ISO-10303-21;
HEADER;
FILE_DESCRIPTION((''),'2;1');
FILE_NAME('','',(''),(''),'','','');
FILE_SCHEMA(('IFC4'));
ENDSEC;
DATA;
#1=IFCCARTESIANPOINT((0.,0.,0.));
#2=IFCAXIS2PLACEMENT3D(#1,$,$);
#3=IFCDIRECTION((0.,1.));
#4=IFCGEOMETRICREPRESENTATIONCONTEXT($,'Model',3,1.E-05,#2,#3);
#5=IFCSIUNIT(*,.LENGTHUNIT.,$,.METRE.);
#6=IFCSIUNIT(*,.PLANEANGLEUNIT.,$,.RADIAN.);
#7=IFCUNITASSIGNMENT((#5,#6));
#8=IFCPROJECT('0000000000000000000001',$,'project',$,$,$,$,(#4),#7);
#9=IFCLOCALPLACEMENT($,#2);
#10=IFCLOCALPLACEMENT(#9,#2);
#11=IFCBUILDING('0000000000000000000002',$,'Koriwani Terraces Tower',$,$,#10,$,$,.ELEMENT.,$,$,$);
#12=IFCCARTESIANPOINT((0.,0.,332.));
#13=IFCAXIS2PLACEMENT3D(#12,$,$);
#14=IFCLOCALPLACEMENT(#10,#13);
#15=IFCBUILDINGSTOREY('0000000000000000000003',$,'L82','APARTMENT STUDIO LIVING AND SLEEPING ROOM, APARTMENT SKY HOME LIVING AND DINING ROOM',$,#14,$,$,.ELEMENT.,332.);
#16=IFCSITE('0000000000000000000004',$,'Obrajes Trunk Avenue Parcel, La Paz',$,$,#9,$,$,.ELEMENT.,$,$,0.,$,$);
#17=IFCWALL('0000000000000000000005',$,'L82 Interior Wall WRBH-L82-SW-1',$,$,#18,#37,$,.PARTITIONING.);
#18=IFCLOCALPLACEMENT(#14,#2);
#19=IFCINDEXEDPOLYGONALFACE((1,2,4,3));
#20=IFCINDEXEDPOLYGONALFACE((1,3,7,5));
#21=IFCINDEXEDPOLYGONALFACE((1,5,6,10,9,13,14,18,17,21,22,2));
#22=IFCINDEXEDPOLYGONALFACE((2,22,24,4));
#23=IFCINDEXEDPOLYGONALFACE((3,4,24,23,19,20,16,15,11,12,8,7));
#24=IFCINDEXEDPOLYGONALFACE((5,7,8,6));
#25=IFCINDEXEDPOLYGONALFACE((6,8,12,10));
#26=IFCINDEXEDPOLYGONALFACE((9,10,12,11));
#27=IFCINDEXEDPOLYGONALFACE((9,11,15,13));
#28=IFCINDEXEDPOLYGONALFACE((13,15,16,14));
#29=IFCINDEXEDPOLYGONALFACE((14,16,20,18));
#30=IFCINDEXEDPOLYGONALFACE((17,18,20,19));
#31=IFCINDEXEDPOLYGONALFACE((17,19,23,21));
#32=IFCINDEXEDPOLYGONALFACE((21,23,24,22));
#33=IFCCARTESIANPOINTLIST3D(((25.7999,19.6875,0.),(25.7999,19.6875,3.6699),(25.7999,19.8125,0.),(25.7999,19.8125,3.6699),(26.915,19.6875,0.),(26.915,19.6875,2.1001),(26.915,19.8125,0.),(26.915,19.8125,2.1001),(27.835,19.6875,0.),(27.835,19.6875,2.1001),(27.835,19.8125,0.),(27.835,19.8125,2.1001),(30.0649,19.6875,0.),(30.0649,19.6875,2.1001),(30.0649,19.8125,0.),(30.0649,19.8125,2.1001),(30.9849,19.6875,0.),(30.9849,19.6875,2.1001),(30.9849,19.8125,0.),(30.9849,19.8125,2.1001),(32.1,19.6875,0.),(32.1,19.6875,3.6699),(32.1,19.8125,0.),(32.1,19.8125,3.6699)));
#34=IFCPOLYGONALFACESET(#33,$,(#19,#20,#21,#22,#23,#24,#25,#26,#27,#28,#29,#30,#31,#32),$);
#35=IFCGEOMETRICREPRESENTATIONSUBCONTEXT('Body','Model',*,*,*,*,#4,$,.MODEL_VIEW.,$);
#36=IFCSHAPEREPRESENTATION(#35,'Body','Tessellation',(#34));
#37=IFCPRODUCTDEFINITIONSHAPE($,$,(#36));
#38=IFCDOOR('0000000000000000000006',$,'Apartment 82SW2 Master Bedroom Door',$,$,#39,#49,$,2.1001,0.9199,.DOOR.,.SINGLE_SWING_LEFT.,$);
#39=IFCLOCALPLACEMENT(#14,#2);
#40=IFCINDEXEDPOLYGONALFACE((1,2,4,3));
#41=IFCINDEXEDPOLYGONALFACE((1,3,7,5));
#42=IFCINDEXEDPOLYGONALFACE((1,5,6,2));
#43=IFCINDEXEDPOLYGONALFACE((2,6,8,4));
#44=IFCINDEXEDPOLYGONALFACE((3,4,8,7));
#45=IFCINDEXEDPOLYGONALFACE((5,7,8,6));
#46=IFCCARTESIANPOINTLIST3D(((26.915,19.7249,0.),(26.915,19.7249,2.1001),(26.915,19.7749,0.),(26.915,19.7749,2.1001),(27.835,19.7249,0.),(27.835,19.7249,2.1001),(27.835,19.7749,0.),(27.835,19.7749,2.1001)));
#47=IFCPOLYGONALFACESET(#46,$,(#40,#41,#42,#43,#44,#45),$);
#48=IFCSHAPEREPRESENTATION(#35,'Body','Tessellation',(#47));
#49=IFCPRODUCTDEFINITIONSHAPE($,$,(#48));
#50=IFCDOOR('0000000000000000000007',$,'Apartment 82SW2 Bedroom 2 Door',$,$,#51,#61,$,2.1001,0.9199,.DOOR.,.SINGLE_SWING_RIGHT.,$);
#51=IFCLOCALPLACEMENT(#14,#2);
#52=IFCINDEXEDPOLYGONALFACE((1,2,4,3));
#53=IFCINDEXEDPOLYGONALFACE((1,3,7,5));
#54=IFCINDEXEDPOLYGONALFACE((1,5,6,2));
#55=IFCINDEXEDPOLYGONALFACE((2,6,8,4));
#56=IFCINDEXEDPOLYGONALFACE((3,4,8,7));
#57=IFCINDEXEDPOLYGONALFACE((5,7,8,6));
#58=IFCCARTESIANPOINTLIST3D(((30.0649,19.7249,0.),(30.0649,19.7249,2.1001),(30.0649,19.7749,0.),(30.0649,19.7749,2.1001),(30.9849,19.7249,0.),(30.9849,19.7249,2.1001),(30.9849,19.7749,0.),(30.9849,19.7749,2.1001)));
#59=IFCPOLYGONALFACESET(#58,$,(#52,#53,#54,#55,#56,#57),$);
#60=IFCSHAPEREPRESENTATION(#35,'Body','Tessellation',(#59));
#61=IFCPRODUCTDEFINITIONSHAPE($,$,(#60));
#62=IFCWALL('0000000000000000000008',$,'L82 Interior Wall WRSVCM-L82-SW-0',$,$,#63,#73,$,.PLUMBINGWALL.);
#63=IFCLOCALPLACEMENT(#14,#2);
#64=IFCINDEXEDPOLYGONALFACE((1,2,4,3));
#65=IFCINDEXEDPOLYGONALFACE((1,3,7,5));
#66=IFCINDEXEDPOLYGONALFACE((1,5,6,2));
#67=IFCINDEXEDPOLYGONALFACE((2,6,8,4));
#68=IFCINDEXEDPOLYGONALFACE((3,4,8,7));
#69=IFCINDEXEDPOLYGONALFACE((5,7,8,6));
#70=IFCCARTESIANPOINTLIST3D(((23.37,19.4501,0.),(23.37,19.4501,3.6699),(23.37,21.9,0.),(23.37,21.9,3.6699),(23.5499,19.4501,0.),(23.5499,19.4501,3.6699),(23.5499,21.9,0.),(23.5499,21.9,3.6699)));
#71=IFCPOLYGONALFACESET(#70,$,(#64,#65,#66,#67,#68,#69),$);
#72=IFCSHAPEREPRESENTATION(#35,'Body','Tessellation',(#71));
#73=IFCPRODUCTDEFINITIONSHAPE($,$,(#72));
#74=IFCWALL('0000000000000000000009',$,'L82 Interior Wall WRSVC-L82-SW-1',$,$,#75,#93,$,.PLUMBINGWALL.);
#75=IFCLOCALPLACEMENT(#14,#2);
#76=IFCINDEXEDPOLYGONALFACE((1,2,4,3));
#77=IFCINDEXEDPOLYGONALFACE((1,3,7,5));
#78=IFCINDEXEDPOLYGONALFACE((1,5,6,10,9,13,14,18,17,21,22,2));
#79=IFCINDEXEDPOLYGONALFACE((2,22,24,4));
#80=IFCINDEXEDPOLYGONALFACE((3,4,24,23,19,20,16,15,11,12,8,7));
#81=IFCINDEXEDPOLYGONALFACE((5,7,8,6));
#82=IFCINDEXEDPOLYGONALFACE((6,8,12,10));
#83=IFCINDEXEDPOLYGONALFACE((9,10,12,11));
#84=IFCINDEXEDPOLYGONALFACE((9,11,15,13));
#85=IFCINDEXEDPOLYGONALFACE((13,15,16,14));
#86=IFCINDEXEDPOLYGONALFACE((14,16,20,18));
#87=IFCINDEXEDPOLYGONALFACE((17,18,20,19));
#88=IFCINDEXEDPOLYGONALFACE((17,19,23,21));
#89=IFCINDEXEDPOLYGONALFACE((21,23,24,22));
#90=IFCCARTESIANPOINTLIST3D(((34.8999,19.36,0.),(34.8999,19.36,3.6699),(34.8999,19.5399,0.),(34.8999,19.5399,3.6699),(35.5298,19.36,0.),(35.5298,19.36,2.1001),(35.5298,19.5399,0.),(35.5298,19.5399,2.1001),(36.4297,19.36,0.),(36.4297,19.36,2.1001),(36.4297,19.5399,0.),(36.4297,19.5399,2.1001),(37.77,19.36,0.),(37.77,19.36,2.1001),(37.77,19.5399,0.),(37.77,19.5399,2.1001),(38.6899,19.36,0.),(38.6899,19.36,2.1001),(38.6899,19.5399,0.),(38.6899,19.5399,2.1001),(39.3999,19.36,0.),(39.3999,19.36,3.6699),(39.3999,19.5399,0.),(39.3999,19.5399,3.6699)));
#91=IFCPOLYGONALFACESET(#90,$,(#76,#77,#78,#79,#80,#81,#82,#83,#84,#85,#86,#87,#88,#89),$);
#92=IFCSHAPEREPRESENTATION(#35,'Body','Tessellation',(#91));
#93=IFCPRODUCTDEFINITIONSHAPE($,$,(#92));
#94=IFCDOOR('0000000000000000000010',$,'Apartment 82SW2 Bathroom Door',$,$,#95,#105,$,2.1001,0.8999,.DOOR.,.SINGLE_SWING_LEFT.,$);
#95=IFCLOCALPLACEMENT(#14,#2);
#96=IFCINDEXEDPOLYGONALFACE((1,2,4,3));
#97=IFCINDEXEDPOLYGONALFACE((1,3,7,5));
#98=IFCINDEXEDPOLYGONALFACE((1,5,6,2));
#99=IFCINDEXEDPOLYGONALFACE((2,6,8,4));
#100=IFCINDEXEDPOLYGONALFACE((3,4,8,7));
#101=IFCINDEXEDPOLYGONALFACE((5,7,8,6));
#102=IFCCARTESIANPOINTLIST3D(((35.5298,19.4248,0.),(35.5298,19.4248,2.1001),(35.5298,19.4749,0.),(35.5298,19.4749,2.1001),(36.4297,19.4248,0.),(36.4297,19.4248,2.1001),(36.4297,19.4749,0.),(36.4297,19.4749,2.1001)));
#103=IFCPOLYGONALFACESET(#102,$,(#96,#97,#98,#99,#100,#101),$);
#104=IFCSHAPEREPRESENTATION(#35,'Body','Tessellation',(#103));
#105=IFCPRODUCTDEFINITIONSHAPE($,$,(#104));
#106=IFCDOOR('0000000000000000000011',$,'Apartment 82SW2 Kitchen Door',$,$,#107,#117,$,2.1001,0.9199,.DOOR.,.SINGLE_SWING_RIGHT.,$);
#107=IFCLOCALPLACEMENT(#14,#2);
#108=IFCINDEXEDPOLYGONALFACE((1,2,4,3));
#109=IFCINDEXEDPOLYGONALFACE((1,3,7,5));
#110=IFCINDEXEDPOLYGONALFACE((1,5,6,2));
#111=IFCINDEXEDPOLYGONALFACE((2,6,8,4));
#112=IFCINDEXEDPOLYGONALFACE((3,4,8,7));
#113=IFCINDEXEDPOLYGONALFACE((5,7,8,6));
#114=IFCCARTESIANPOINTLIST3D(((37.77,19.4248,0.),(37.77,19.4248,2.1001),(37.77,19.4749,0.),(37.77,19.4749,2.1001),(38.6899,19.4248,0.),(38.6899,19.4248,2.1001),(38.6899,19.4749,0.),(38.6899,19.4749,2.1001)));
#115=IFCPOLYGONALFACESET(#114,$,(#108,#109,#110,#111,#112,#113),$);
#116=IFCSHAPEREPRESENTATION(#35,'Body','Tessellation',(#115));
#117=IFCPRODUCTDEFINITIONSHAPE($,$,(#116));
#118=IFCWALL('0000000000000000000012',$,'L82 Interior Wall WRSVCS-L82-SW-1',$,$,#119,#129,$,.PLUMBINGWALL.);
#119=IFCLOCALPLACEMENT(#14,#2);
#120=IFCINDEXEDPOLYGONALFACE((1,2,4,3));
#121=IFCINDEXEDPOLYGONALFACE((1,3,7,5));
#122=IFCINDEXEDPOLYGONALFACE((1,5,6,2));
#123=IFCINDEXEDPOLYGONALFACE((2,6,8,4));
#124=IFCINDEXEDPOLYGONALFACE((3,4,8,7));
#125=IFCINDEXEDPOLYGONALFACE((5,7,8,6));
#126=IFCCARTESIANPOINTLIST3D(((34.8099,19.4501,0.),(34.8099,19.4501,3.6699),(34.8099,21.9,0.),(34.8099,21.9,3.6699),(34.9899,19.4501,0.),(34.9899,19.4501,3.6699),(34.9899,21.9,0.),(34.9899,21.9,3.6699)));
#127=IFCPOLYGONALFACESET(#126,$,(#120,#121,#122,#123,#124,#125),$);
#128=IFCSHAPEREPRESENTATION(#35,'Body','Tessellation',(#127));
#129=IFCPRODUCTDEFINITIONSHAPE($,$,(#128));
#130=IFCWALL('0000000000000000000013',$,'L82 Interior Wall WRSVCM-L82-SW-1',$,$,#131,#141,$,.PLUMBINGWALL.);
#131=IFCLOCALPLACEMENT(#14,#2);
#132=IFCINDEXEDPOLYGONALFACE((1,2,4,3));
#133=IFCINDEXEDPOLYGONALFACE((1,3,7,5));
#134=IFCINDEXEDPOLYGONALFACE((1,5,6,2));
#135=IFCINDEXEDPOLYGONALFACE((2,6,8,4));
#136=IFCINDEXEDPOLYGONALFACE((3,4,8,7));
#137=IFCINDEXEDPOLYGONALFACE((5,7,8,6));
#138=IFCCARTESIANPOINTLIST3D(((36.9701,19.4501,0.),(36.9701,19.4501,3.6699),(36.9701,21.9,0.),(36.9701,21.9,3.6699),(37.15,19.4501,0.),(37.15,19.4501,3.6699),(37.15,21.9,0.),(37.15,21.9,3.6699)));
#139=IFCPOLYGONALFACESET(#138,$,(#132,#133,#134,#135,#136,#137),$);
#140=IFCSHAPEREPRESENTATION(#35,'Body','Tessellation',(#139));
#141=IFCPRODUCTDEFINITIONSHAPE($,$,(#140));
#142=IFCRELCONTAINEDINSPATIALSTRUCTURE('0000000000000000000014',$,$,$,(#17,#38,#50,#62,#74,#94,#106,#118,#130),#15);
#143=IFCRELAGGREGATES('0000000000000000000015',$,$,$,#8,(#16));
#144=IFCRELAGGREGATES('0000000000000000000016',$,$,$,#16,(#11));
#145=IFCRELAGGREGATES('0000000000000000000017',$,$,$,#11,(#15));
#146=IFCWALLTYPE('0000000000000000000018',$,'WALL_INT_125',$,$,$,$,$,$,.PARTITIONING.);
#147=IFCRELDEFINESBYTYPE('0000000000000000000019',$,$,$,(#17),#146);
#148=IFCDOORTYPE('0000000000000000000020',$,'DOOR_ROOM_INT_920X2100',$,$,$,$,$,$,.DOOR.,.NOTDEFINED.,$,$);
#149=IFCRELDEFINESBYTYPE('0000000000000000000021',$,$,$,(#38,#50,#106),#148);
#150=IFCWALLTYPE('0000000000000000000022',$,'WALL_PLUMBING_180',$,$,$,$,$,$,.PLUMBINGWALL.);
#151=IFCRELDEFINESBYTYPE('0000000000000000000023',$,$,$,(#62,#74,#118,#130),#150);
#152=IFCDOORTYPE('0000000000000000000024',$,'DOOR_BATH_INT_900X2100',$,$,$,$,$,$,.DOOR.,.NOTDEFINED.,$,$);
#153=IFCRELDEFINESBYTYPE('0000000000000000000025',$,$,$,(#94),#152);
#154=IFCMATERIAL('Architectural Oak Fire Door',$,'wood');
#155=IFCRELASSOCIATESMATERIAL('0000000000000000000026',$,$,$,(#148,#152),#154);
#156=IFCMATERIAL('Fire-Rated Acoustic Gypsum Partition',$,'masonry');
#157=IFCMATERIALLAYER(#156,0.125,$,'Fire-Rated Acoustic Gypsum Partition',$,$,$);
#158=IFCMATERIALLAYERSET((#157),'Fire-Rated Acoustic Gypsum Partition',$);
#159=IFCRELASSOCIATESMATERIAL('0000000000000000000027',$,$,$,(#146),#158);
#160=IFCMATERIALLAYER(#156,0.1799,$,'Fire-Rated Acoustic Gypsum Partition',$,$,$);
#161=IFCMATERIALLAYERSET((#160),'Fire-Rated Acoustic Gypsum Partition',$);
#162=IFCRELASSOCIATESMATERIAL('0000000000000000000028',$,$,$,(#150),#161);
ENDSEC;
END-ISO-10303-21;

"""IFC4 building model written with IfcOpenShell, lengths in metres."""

from ifc_helpers import new_model, si_unit, direction, frame, frame_2d, origin, place, context, subcontext, project, spatial, rectangle, extrude, material, layer, layer_set, type_object, element, fill, save


model = new_model("IFC4")

# Units and contexts
model_context = context("Model", 3, precision=1e-05, world=origin(), true_north=direction((0.0, 1.0)))
body_context = subcontext(model_context, "Body", "Model", "MODEL_VIEW")
ifc_project = project(units=[si_unit("LENGTHUNIT", "METRE"), si_unit("PLANEANGLEUNIT", "RADIAN")], contexts=[model_context])

# Site, building, storey
site_placement = place(None, origin())
site = spatial("IfcSite", under=ifc_project, at=site_placement, Name="Obrajes Trunk Avenue Parcel, La Paz", CompositionType="ELEMENT", RefElevation=0.0)
building_placement = place(site_placement, origin())
building = spatial("IfcBuilding", under=site, at=building_placement, Name="Koriwani Terraces Tower", CompositionType="ELEMENT")
storey_placement = place(building_placement, frame((0.0, 0.0, 332.0)))
storey = spatial("IfcBuildingStorey", under=building, at=storey_placement, Name="L82", Description="APARTMENT STUDIO LIVING AND SLEEPING ROOM, APARTMENT SKY HOME LIVING AND DINING ROOM", CompositionType="ELEMENT", Elevation=332.0)

# Shared definitions
ifc_material_1 = material(Name="Architectural Oak Fire Door", Category="wood")
door_type_1 = type_object("IfcDoorType", Name="DOOR_ROOM_INT_920X2100", OperationType="NOTDEFINED", PredefinedType="DOOR", material=ifc_material_1)

# Wall, openings, doors
ifc_material_2 = material(Name="Fire-Rated Acoustic Gypsum Partition", Category="masonry")
ifc_layer_1 = layer(ifc_material_2, 0.125, Name="Fire-Rated Acoustic Gypsum Partition")
ifc_layer_set_1 = layer_set([ifc_layer_1], Name="Fire-Rated Acoustic Gypsum Partition")
wall_type_1 = type_object("IfcWallType", Name="WALL_INT_125", PredefinedType="PARTITIONING", material=ifc_layer_set_1)
wall_1_placement = place(storey_placement, frame((25.8, 19.75, 0.0), z_axis=(0.0, 0.0, 1.0), x_axis=(1.0, 0.0, 0.0)))
wall_1 = element("IfcWall", 1, at=wall_1_placement, inside=storey, type_object=wall_type_1, Name="L82 Interior Wall WRBH-L82-SW-1", PredefinedType="PARTITIONING", context=body_context, shape_type="SweptSolid", body=[
    extrude(rectangle(XDim=6.3, YDim=0.125, at=frame_2d((3.1499, 0.0))), origin(), (0.0, 0.0, 1.0), 3.6699),
])
opening_1_placement = place(wall_1_placement, frame((1.115, 0.0, 0.0)))
opening_1 = element("IfcOpeningElement", 2, at=opening_1_placement, cuts=wall_1, PredefinedType="OPENING", context=body_context, shape_type="SweptSolid", body=[
    extrude(rectangle(XDim=0.9199, YDim=2.1001, at=frame_2d((0.46, 1.05))), frame((0.0, 0.0725, 0.0), z_axis=(0.0, -1.0, 0.0), x_axis=(1.0, 0.0, 0.0)), (0.0, 0.0, 1.0), 0.145),
])
opening_2_placement = place(wall_1_placement, frame((4.2649, 0.0, 0.0)))
opening_2 = element("IfcOpeningElement", 3, at=opening_2_placement, cuts=wall_1, PredefinedType="OPENING", context=body_context, shape_type="SweptSolid", body=[
    extrude(rectangle(XDim=0.9199, YDim=2.1001, at=frame_2d((0.46, 1.05))), frame((0.0, 0.0725, 0.0), z_axis=(0.0, -1.0, 0.0), x_axis=(1.0, 0.0, 0.0)), (0.0, 0.0, 1.0), 0.145),
])
door_1_placement = place(opening_1_placement, origin())
door_1 = element("IfcDoor", 4, at=door_1_placement, inside=storey, type_object=door_type_1, Name="Apartment 82SW2 Master Bedroom Door", OperationType="SINGLE_SWING_LEFT", OverallHeight=2.1001, OverallWidth=0.9199, PredefinedType="DOOR", context=body_context, shape_type="SweptSolid", body=[
    extrude(rectangle(XDim=0.9199, YDim=2.1001, at=frame_2d((0.46, 1.05))), frame((0.0, 0.0249, 0.0), z_axis=(0.0, -1.0, 0.0), x_axis=(1.0, 0.0, 0.0)), (0.0, 0.0, 1.0), 0.05),
])
fill(opening_1, door_1)
door_2_placement = place(opening_2_placement, origin())
door_2 = element("IfcDoor", 5, at=door_2_placement, inside=storey, type_object=door_type_1, Name="Apartment 82SW2 Bedroom 2 Door", OperationType="SINGLE_SWING_RIGHT", OverallHeight=2.1001, OverallWidth=0.9199, PredefinedType="DOOR", context=body_context, shape_type="SweptSolid", body=[
    extrude(rectangle(XDim=0.9199, YDim=2.1001, at=frame_2d((0.46, 1.05))), frame((0.0, 0.0249, 0.0), z_axis=(0.0, -1.0, 0.0), x_axis=(1.0, 0.0, 0.0)), (0.0, 0.0, 1.0), 0.05),
])
fill(opening_2, door_2)

# Wall
ifc_layer_2 = layer(ifc_material_2, 0.1799, Name="Fire-Rated Acoustic Gypsum Partition")
ifc_layer_set_2 = layer_set([ifc_layer_2], Name="Fire-Rated Acoustic Gypsum Partition")
wall_type_2 = type_object("IfcWallType", Name="WALL_PLUMBING_180", PredefinedType="PLUMBINGWALL", material=ifc_layer_set_2)
wall_2_placement = place(storey_placement, frame((23.46, 19.45, 0.0), z_axis=(0.0, 0.0, 1.0), x_axis=(0.0, 1.0, 0.0)))
element("IfcWall", 6, at=wall_2_placement, inside=storey, type_object=wall_type_2, Name="L82 Interior Wall WRSVCM-L82-SW-0", PredefinedType="PLUMBINGWALL", context=body_context, shape_type="SweptSolid", body=[
    extrude(rectangle(XDim=2.45, YDim=0.1799, at=frame_2d((1.2251, 0.0))), origin(), (0.0, 0.0, 1.0), 3.6699),
])

# Wall, openings, doors
wall_3_placement = place(storey_placement, frame((34.8999, 19.45, 0.0), z_axis=(0.0, 0.0, 1.0), x_axis=(1.0, 0.0, 0.0)))
wall_3 = element("IfcWall", 7, at=wall_3_placement, inside=storey, type_object=wall_type_2, Name="L82 Interior Wall WRSVC-L82-SW-1", PredefinedType="PLUMBINGWALL", context=body_context, shape_type="SweptSolid", body=[
    extrude(rectangle(XDim=4.5, YDim=0.1799, at=frame_2d((2.25, 0.0))), origin(), (0.0, 0.0, 1.0), 3.6699),
])
opening_3_placement = place(wall_3_placement, frame((0.6299, 0.0, 0.0)))
opening_3 = element("IfcOpeningElement", 8, at=opening_3_placement, cuts=wall_3, PredefinedType="OPENING", context=body_context, shape_type="SweptSolid", body=[
    extrude(rectangle(XDim=0.8999, YDim=2.1001, at=frame_2d((0.45, 1.05))), frame((0.0, 0.1001, 0.0), z_axis=(0.0, -1.0, 0.0), x_axis=(1.0, 0.0, 0.0)), (0.0, 0.0, 1.0), 0.2),
])
opening_4_placement = place(wall_3_placement, frame((2.8701, 0.0, 0.0)))
opening_4 = element("IfcOpeningElement", 9, at=opening_4_placement, cuts=wall_3, PredefinedType="OPENING", context=body_context, shape_type="SweptSolid", body=[
    extrude(rectangle(XDim=0.9199, YDim=2.1001, at=frame_2d((0.46, 1.05))), frame((0.0, 0.1001, 0.0), z_axis=(0.0, -1.0, 0.0), x_axis=(1.0, 0.0, 0.0)), (0.0, 0.0, 1.0), 0.2),
])
door_type_2 = type_object("IfcDoorType", Name="DOOR_BATH_INT_900X2100", OperationType="NOTDEFINED", PredefinedType="DOOR", material=ifc_material_1)
door_3_placement = place(opening_3_placement, origin())
door_3 = element("IfcDoor", 10, at=door_3_placement, inside=storey, type_object=door_type_2, Name="Apartment 82SW2 Bathroom Door", OperationType="SINGLE_SWING_LEFT", OverallHeight=2.1001, OverallWidth=0.8999, PredefinedType="DOOR", context=body_context, shape_type="SweptSolid", body=[
    extrude(rectangle(XDim=0.8999, YDim=2.1001, at=frame_2d((0.45, 1.05))), frame((0.0, 0.0249, 0.0), z_axis=(0.0, -1.0, 0.0), x_axis=(1.0, 0.0, 0.0)), (0.0, 0.0, 1.0), 0.05),
])
fill(opening_3, door_3)
door_4_placement = place(opening_4_placement, origin())
door_4 = element("IfcDoor", 11, at=door_4_placement, inside=storey, type_object=door_type_1, Name="Apartment 82SW2 Kitchen Door", OperationType="SINGLE_SWING_RIGHT", OverallHeight=2.1001, OverallWidth=0.9199, PredefinedType="DOOR", context=body_context, shape_type="SweptSolid", body=[
    extrude(rectangle(XDim=0.9199, YDim=2.1001, at=frame_2d((0.46, 1.05))), frame((0.0, 0.0249, 0.0), z_axis=(0.0, -1.0, 0.0), x_axis=(1.0, 0.0, 0.0)), (0.0, 0.0, 1.0), 0.05),
])
fill(opening_4, door_4)

# Walls
for number, where, z_axis, x_axis, name in (
    (12, (34.8999, 19.45, 0.0), (0.0, 0.0, 1.0), (0.0, 1.0, 0.0), "L82 Interior Wall WRSVCS-L82-SW-1"),
    (13, (37.0601, 19.45, 0.0), (0.0, 0.0, 1.0), (0.0, 1.0, 0.0), "L82 Interior Wall WRSVCM-L82-SW-1"),
):
    element("IfcWall", number, at=place(storey_placement, frame(where, z_axis=z_axis, x_axis=x_axis)), inside=storey, type_object=wall_type_2, Name=name, PredefinedType="PLUMBINGWALL", context=body_context, shape_type="SweptSolid", body=[
        extrude(rectangle(XDim=2.45, YDim=0.1799, at=frame_2d((1.2251, 0.0))), origin(), (0.0, 0.0, 1.0), 3.6699),
    ])

save(model, "model.ifc")
